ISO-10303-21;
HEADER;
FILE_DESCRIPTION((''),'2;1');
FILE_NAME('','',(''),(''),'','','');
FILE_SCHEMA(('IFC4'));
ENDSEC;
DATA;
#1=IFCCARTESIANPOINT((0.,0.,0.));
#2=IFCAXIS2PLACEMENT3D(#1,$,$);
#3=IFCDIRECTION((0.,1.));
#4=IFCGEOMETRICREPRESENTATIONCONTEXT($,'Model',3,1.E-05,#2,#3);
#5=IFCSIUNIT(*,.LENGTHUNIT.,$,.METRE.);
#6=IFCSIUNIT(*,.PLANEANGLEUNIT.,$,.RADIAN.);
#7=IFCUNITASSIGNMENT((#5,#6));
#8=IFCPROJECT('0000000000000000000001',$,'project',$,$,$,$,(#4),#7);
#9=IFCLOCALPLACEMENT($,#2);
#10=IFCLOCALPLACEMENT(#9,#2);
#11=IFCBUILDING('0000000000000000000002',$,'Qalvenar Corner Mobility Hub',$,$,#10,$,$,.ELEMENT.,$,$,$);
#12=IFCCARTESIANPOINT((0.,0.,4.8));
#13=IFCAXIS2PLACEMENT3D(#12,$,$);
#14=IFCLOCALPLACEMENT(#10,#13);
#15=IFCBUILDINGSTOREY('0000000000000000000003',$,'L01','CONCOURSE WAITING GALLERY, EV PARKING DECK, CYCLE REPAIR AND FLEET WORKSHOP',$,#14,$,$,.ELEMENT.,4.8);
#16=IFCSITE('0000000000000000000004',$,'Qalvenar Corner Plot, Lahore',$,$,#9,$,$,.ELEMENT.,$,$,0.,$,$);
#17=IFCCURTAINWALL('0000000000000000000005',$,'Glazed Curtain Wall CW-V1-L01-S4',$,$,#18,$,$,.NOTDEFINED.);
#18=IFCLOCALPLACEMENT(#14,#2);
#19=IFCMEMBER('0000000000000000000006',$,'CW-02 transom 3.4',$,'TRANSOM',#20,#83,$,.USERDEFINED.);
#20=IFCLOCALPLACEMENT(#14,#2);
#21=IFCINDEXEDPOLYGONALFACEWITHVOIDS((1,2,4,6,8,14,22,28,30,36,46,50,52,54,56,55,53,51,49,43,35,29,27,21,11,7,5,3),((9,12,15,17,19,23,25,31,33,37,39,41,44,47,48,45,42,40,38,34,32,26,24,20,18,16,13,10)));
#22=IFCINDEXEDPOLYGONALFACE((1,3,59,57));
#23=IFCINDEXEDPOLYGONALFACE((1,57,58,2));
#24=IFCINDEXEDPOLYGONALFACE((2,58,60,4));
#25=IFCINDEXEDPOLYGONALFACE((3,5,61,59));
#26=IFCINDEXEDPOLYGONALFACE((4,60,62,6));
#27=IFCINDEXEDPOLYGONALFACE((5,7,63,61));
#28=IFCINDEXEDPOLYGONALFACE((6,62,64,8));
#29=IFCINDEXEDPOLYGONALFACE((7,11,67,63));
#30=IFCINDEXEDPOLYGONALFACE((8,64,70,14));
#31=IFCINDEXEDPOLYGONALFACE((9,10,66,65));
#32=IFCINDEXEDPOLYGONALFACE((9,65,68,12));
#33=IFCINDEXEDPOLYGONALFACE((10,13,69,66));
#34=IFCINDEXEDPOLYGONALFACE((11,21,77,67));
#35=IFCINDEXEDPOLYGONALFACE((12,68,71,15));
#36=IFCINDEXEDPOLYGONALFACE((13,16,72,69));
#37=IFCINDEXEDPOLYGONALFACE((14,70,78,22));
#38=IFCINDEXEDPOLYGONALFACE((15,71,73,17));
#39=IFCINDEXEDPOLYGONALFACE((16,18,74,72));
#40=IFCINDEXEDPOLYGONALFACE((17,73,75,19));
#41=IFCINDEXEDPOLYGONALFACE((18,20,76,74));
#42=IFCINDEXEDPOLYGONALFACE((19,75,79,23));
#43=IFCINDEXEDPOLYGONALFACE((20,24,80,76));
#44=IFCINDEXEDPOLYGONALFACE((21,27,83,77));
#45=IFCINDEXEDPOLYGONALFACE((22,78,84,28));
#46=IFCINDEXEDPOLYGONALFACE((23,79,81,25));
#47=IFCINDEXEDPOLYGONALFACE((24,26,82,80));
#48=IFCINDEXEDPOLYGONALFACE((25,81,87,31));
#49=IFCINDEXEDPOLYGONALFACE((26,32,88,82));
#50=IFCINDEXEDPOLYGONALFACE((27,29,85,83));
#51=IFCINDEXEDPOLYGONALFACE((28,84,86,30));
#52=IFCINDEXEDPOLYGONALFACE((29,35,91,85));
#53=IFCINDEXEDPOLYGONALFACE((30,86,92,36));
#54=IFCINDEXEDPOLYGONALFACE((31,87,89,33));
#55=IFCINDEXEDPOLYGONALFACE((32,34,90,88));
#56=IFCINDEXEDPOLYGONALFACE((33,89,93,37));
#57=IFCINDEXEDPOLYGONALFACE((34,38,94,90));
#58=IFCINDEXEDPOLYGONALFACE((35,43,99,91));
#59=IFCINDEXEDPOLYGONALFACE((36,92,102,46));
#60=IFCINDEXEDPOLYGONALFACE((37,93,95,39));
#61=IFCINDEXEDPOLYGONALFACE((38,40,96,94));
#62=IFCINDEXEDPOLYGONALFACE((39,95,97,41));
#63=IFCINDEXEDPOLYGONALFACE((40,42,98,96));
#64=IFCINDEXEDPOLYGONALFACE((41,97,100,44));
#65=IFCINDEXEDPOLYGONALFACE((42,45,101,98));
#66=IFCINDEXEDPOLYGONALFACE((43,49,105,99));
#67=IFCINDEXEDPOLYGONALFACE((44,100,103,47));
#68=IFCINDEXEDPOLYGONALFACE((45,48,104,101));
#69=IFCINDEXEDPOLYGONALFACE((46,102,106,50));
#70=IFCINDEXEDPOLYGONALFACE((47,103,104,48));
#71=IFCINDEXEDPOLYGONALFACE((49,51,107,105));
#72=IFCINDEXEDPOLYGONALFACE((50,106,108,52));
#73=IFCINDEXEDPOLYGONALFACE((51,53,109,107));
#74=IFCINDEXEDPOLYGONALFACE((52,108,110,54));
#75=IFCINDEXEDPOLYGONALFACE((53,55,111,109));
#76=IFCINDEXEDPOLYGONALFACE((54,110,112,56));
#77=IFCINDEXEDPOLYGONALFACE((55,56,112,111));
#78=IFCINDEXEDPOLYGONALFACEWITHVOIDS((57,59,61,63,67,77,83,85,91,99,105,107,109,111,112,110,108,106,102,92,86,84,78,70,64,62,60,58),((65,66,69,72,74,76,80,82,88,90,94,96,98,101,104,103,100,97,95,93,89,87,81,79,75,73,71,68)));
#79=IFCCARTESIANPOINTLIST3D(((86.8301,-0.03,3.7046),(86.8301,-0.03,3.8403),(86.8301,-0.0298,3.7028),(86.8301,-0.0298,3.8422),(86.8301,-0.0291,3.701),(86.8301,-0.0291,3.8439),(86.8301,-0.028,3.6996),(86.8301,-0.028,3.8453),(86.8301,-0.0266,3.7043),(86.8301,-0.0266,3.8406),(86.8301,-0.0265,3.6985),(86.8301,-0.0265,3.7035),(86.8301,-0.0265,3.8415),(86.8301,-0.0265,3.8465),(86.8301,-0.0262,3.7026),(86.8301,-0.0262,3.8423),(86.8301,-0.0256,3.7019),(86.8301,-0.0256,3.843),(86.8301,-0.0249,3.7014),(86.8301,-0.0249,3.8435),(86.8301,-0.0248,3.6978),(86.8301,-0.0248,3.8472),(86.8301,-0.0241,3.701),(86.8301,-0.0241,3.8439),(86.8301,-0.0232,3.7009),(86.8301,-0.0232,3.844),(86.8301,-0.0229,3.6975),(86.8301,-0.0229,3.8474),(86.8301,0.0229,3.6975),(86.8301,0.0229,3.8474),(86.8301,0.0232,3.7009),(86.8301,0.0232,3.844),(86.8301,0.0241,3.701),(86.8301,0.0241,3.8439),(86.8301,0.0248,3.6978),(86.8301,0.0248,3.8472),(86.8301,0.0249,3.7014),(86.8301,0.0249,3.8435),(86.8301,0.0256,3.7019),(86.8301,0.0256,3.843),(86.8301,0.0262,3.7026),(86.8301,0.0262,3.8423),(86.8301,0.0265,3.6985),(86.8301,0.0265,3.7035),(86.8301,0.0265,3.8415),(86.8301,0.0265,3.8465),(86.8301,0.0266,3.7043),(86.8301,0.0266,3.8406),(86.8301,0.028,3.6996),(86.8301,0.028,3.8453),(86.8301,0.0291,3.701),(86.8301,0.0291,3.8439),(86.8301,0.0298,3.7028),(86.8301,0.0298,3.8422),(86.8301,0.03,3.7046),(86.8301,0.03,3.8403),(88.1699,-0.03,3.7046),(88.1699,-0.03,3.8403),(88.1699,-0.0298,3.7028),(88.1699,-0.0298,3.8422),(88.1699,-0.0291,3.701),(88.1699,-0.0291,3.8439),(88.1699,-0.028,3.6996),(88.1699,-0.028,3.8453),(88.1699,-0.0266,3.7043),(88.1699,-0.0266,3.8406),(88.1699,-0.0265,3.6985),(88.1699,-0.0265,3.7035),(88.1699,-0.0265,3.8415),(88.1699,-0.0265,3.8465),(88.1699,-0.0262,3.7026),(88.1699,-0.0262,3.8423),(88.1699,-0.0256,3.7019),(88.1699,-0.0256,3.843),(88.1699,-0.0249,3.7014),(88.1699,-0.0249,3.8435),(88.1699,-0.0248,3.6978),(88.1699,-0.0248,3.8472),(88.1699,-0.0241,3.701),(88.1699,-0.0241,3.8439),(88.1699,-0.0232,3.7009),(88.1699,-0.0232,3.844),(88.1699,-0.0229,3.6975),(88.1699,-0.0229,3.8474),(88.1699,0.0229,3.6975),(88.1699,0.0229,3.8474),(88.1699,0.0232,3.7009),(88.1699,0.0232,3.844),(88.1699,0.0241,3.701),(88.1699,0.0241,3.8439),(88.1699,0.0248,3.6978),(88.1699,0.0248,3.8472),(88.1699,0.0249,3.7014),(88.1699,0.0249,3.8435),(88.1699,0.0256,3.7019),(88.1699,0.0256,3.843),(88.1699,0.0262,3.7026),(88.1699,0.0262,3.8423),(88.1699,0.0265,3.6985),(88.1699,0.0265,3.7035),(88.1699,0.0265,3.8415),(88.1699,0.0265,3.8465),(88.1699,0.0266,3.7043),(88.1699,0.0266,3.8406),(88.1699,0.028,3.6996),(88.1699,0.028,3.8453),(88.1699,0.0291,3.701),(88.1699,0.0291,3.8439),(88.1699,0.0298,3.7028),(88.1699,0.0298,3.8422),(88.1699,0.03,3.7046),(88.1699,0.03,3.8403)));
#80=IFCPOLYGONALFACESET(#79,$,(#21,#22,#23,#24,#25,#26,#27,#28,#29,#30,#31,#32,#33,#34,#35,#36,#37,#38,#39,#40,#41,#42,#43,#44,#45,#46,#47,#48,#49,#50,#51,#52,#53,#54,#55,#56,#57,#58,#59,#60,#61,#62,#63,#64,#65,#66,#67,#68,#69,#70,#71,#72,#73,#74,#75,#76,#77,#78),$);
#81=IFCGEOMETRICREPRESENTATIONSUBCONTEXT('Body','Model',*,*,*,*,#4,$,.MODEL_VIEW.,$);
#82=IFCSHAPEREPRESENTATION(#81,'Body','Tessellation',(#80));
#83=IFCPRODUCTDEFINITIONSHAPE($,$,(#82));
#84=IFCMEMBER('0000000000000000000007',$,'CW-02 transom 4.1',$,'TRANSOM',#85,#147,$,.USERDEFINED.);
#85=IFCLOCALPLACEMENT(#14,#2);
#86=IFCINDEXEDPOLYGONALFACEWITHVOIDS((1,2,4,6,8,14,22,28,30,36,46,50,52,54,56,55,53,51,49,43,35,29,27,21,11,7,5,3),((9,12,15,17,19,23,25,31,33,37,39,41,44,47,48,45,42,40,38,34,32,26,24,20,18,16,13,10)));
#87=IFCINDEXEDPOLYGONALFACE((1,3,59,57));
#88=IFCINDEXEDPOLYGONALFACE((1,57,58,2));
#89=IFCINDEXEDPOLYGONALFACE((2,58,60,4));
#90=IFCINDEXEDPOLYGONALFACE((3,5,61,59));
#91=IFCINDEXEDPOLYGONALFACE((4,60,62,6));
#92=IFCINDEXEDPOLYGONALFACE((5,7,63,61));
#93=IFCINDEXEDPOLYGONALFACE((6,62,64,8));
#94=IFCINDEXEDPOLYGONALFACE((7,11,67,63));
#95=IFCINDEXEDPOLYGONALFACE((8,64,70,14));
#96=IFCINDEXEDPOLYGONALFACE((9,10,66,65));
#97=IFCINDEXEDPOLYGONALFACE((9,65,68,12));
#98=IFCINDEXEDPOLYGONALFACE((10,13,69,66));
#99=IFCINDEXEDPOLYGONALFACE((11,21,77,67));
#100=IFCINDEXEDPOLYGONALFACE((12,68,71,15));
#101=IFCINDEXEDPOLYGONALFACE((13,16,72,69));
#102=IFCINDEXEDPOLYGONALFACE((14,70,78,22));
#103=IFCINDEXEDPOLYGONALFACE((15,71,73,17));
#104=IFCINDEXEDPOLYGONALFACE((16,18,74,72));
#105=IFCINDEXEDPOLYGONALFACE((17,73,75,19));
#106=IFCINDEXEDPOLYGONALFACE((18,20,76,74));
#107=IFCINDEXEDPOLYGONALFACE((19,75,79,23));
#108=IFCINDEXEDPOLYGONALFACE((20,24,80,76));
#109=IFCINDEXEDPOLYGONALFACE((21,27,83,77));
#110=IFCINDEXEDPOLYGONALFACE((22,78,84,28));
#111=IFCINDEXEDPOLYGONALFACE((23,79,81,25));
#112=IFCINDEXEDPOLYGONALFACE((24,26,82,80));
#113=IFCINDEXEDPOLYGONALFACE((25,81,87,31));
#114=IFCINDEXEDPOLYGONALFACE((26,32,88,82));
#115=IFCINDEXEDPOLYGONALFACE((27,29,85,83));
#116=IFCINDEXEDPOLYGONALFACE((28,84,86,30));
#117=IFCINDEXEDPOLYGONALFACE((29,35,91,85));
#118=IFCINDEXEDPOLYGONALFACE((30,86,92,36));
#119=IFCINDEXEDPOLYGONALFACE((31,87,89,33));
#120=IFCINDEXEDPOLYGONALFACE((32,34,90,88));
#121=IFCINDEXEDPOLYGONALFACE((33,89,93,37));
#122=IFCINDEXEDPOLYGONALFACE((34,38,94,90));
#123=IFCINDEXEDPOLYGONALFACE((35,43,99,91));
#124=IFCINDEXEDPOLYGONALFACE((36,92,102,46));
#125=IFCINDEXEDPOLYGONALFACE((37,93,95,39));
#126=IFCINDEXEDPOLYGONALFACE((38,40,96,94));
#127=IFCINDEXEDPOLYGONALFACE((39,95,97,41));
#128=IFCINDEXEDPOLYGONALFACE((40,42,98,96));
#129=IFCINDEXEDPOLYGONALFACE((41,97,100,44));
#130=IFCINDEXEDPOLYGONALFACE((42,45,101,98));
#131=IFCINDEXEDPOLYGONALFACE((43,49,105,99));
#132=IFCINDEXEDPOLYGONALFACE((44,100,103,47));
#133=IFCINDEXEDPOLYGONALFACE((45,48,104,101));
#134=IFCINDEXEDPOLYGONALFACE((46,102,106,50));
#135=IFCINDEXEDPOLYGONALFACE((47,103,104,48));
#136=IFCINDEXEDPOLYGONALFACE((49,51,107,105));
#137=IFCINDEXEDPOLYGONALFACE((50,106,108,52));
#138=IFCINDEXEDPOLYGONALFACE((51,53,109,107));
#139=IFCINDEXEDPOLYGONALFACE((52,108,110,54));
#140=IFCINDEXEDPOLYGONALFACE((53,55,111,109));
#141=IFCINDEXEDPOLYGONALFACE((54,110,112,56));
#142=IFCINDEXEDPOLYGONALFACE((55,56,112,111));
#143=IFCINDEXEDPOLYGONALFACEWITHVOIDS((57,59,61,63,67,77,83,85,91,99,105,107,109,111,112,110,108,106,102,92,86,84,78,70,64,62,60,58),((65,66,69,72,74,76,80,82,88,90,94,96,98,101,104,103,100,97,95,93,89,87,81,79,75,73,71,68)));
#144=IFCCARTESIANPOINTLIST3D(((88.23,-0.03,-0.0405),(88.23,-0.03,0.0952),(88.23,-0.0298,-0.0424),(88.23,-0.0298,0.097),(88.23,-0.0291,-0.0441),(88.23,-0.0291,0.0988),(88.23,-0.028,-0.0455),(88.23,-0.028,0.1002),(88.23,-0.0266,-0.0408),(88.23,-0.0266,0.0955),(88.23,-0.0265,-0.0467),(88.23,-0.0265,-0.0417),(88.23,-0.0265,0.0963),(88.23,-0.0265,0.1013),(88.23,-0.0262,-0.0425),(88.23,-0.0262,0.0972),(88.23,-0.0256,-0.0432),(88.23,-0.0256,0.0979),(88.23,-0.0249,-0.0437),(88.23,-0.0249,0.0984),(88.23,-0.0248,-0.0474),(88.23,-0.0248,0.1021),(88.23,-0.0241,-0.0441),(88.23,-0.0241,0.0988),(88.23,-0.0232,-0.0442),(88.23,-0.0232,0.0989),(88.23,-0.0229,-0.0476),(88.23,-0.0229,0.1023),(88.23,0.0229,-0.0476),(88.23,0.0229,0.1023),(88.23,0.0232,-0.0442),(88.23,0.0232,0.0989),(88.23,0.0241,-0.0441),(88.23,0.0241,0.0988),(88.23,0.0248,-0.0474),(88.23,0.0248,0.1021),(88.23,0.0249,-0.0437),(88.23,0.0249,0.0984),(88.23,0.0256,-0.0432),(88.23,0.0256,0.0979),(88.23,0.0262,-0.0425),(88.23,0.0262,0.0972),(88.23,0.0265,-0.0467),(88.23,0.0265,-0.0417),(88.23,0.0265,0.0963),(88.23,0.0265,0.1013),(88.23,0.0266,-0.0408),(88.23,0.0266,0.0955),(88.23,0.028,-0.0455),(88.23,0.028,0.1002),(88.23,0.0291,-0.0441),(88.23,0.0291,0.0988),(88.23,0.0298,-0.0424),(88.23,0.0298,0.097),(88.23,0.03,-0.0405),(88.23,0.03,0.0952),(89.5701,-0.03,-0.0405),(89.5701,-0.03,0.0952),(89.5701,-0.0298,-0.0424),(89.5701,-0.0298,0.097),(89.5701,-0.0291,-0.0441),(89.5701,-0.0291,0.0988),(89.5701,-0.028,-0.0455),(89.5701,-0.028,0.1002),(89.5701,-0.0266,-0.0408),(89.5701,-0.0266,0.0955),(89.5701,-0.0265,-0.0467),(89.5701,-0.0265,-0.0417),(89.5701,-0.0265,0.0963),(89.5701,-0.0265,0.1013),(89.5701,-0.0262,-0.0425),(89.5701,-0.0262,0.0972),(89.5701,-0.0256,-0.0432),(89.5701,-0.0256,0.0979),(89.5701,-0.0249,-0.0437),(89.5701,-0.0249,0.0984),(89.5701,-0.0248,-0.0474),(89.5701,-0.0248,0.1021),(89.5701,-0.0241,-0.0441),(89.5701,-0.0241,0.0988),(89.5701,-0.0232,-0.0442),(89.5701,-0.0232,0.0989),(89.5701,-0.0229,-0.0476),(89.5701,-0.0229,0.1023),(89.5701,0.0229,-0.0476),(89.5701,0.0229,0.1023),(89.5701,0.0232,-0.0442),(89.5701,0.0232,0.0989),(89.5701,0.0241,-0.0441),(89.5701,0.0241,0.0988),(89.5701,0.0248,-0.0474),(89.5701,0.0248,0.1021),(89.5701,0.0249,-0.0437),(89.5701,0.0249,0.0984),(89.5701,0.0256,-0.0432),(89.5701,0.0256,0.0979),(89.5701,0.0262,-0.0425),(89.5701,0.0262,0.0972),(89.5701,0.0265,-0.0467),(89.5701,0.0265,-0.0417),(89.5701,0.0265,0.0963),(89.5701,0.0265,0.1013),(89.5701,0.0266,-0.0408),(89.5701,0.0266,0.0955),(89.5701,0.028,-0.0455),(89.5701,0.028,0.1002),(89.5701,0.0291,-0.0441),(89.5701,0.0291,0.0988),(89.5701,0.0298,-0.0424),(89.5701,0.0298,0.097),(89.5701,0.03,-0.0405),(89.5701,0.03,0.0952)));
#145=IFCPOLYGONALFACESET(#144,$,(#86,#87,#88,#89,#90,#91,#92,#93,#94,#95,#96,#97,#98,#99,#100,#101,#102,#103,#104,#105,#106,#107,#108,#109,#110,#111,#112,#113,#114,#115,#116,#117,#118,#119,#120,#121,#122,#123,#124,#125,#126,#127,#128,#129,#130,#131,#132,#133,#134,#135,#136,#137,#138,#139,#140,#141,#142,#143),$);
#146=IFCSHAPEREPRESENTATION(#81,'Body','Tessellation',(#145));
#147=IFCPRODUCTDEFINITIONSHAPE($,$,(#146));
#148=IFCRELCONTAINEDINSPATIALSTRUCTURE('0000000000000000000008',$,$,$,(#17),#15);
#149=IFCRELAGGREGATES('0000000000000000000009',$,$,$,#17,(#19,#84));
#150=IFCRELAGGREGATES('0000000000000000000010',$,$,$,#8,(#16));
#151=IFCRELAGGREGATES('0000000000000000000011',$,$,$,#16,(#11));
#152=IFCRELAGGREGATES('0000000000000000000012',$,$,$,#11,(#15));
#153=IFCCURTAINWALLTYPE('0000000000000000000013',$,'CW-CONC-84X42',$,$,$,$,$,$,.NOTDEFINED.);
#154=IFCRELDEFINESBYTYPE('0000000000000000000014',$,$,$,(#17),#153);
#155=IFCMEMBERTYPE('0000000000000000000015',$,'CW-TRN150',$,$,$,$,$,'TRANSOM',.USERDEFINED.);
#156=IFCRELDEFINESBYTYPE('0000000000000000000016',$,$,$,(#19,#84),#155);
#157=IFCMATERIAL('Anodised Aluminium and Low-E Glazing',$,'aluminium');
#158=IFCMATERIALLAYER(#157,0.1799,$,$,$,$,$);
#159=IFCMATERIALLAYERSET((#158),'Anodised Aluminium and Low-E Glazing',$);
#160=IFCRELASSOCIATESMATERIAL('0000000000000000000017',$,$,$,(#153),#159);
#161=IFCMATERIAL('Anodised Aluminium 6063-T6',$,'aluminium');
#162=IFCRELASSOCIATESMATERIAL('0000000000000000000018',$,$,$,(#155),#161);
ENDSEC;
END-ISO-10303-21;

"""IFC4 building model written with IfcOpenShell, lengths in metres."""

from ifc_helpers import new_model, si_unit, direction, frame, origin, origin_2d, place, context, subcontext, project, spatial, hollow_rectangle, extrude, material, layer, layer_set, material_profile, profile_set, type_object, element, aggregate, save


model = new_model("IFC4")

# Units and contexts
model_context = context("Model", 3, precision=1e-05, world=origin(), true_north=direction((0.0, 1.0)))
body_context = subcontext(model_context, "Body", "Model", "MODEL_VIEW")
ifc_project = project(units=[si_unit("LENGTHUNIT", "METRE"), si_unit("PLANEANGLEUNIT", "RADIAN")], contexts=[model_context])

# Site, building, storey
site_placement = place(None, origin())
site = spatial("IfcSite", under=ifc_project, at=site_placement, Name="Qalvenar Corner Plot, Lahore", CompositionType="ELEMENT", RefElevation=0.0)
building_placement = place(site_placement, origin())
building = spatial("IfcBuilding", under=site, at=building_placement, Name="Qalvenar Corner Mobility Hub", CompositionType="ELEMENT")
storey_placement = place(building_placement, frame((0.0, 0.0, 4.8)))
storey = spatial("IfcBuildingStorey", under=building, at=storey_placement, Name="L01", Description="CONCOURSE WAITING GALLERY, EV PARKING DECK, CYCLE REPAIR AND FLEET WORKSHOP", CompositionType="ELEMENT", Elevation=4.8)

# Curtain wall, members
ifc_material_1 = material(Name="Anodised Aluminium and Low-E Glazing", Category="aluminium")
ifc_layer_1 = layer(ifc_material_1, 0.1799)
ifc_layer_set_1 = layer_set([ifc_layer_1], Name="Anodised Aluminium and Low-E Glazing")
curtain_wall_type = type_object("IfcCurtainWallType", Name="CW-CONC-84X42", PredefinedType="NOTDEFINED", material=ifc_layer_set_1)
curtain_wall_placement = place(storey_placement, origin())
curtain_wall = element("IfcCurtainWall", 1, at=curtain_wall_placement, inside=storey, type_object=curtain_wall_type, Name="Glazed Curtain Wall CW-V1-L01-S4", PredefinedType="NOTDEFINED")
ifc_material_2 = material(Name="Anodised Aluminium 6063-T6", Category="aluminium")
ifc_material_profile_1 = material_profile(ifc_material_2, hollow_rectangle(XDim=0.0601, YDim=0.1499, WallThickness=0.0034, InnerFilletRadius=0.0034, OuterFilletRadius=0.0071, at=origin_2d()), Name="RHS150x60x3.5")
ifc_profile_set_1 = profile_set([ifc_material_profile_1], Name="Anodised Aluminium 6063-T6")
member_type_1 = type_object("IfcMemberType", Name="CW-TRN150", ElementType="TRANSOM", PredefinedType="USERDEFINED", material=ifc_profile_set_1)
member_1_placement = place(storey_placement, frame((86.8301, 0.0, 3.7725), z_axis=(1.0, 0.0, 0.0), x_axis=(0.0, 1.0, 0.0)))
member_1 = element("IfcMember", 2, at=member_1_placement, type_object=member_type_1, Name="CW-02 transom 3.4", ObjectType="TRANSOM", PredefinedType="USERDEFINED", context=body_context, shape_type="SweptSolid", body=[
    extrude(hollow_rectangle(XDim=0.0601, YDim=0.1499, WallThickness=0.0034, InnerFilletRadius=0.0034, OuterFilletRadius=0.0071, at=origin_2d()), origin(), (0.0, 0.0, 1.0), 1.3398),
])
member_2_placement = place(storey_placement, frame((88.23, 0.0, 0.0273), z_axis=(1.0, 0.0, 0.0), x_axis=(0.0, 1.0, 0.0)))
member_2 = element("IfcMember", 3, at=member_2_placement, type_object=member_type_1, Name="CW-02 transom 4.1", ObjectType="TRANSOM", PredefinedType="USERDEFINED", context=body_context, shape_type="SweptSolid", body=[
    extrude(hollow_rectangle(XDim=0.0601, YDim=0.1499, WallThickness=0.0034, InnerFilletRadius=0.0034, OuterFilletRadius=0.0071, at=origin_2d()), origin(), (0.0, 0.0, 1.0), 1.3401),
])
aggregate(curtain_wall, [member_1, member_2])

save(model, "model.ifc")
